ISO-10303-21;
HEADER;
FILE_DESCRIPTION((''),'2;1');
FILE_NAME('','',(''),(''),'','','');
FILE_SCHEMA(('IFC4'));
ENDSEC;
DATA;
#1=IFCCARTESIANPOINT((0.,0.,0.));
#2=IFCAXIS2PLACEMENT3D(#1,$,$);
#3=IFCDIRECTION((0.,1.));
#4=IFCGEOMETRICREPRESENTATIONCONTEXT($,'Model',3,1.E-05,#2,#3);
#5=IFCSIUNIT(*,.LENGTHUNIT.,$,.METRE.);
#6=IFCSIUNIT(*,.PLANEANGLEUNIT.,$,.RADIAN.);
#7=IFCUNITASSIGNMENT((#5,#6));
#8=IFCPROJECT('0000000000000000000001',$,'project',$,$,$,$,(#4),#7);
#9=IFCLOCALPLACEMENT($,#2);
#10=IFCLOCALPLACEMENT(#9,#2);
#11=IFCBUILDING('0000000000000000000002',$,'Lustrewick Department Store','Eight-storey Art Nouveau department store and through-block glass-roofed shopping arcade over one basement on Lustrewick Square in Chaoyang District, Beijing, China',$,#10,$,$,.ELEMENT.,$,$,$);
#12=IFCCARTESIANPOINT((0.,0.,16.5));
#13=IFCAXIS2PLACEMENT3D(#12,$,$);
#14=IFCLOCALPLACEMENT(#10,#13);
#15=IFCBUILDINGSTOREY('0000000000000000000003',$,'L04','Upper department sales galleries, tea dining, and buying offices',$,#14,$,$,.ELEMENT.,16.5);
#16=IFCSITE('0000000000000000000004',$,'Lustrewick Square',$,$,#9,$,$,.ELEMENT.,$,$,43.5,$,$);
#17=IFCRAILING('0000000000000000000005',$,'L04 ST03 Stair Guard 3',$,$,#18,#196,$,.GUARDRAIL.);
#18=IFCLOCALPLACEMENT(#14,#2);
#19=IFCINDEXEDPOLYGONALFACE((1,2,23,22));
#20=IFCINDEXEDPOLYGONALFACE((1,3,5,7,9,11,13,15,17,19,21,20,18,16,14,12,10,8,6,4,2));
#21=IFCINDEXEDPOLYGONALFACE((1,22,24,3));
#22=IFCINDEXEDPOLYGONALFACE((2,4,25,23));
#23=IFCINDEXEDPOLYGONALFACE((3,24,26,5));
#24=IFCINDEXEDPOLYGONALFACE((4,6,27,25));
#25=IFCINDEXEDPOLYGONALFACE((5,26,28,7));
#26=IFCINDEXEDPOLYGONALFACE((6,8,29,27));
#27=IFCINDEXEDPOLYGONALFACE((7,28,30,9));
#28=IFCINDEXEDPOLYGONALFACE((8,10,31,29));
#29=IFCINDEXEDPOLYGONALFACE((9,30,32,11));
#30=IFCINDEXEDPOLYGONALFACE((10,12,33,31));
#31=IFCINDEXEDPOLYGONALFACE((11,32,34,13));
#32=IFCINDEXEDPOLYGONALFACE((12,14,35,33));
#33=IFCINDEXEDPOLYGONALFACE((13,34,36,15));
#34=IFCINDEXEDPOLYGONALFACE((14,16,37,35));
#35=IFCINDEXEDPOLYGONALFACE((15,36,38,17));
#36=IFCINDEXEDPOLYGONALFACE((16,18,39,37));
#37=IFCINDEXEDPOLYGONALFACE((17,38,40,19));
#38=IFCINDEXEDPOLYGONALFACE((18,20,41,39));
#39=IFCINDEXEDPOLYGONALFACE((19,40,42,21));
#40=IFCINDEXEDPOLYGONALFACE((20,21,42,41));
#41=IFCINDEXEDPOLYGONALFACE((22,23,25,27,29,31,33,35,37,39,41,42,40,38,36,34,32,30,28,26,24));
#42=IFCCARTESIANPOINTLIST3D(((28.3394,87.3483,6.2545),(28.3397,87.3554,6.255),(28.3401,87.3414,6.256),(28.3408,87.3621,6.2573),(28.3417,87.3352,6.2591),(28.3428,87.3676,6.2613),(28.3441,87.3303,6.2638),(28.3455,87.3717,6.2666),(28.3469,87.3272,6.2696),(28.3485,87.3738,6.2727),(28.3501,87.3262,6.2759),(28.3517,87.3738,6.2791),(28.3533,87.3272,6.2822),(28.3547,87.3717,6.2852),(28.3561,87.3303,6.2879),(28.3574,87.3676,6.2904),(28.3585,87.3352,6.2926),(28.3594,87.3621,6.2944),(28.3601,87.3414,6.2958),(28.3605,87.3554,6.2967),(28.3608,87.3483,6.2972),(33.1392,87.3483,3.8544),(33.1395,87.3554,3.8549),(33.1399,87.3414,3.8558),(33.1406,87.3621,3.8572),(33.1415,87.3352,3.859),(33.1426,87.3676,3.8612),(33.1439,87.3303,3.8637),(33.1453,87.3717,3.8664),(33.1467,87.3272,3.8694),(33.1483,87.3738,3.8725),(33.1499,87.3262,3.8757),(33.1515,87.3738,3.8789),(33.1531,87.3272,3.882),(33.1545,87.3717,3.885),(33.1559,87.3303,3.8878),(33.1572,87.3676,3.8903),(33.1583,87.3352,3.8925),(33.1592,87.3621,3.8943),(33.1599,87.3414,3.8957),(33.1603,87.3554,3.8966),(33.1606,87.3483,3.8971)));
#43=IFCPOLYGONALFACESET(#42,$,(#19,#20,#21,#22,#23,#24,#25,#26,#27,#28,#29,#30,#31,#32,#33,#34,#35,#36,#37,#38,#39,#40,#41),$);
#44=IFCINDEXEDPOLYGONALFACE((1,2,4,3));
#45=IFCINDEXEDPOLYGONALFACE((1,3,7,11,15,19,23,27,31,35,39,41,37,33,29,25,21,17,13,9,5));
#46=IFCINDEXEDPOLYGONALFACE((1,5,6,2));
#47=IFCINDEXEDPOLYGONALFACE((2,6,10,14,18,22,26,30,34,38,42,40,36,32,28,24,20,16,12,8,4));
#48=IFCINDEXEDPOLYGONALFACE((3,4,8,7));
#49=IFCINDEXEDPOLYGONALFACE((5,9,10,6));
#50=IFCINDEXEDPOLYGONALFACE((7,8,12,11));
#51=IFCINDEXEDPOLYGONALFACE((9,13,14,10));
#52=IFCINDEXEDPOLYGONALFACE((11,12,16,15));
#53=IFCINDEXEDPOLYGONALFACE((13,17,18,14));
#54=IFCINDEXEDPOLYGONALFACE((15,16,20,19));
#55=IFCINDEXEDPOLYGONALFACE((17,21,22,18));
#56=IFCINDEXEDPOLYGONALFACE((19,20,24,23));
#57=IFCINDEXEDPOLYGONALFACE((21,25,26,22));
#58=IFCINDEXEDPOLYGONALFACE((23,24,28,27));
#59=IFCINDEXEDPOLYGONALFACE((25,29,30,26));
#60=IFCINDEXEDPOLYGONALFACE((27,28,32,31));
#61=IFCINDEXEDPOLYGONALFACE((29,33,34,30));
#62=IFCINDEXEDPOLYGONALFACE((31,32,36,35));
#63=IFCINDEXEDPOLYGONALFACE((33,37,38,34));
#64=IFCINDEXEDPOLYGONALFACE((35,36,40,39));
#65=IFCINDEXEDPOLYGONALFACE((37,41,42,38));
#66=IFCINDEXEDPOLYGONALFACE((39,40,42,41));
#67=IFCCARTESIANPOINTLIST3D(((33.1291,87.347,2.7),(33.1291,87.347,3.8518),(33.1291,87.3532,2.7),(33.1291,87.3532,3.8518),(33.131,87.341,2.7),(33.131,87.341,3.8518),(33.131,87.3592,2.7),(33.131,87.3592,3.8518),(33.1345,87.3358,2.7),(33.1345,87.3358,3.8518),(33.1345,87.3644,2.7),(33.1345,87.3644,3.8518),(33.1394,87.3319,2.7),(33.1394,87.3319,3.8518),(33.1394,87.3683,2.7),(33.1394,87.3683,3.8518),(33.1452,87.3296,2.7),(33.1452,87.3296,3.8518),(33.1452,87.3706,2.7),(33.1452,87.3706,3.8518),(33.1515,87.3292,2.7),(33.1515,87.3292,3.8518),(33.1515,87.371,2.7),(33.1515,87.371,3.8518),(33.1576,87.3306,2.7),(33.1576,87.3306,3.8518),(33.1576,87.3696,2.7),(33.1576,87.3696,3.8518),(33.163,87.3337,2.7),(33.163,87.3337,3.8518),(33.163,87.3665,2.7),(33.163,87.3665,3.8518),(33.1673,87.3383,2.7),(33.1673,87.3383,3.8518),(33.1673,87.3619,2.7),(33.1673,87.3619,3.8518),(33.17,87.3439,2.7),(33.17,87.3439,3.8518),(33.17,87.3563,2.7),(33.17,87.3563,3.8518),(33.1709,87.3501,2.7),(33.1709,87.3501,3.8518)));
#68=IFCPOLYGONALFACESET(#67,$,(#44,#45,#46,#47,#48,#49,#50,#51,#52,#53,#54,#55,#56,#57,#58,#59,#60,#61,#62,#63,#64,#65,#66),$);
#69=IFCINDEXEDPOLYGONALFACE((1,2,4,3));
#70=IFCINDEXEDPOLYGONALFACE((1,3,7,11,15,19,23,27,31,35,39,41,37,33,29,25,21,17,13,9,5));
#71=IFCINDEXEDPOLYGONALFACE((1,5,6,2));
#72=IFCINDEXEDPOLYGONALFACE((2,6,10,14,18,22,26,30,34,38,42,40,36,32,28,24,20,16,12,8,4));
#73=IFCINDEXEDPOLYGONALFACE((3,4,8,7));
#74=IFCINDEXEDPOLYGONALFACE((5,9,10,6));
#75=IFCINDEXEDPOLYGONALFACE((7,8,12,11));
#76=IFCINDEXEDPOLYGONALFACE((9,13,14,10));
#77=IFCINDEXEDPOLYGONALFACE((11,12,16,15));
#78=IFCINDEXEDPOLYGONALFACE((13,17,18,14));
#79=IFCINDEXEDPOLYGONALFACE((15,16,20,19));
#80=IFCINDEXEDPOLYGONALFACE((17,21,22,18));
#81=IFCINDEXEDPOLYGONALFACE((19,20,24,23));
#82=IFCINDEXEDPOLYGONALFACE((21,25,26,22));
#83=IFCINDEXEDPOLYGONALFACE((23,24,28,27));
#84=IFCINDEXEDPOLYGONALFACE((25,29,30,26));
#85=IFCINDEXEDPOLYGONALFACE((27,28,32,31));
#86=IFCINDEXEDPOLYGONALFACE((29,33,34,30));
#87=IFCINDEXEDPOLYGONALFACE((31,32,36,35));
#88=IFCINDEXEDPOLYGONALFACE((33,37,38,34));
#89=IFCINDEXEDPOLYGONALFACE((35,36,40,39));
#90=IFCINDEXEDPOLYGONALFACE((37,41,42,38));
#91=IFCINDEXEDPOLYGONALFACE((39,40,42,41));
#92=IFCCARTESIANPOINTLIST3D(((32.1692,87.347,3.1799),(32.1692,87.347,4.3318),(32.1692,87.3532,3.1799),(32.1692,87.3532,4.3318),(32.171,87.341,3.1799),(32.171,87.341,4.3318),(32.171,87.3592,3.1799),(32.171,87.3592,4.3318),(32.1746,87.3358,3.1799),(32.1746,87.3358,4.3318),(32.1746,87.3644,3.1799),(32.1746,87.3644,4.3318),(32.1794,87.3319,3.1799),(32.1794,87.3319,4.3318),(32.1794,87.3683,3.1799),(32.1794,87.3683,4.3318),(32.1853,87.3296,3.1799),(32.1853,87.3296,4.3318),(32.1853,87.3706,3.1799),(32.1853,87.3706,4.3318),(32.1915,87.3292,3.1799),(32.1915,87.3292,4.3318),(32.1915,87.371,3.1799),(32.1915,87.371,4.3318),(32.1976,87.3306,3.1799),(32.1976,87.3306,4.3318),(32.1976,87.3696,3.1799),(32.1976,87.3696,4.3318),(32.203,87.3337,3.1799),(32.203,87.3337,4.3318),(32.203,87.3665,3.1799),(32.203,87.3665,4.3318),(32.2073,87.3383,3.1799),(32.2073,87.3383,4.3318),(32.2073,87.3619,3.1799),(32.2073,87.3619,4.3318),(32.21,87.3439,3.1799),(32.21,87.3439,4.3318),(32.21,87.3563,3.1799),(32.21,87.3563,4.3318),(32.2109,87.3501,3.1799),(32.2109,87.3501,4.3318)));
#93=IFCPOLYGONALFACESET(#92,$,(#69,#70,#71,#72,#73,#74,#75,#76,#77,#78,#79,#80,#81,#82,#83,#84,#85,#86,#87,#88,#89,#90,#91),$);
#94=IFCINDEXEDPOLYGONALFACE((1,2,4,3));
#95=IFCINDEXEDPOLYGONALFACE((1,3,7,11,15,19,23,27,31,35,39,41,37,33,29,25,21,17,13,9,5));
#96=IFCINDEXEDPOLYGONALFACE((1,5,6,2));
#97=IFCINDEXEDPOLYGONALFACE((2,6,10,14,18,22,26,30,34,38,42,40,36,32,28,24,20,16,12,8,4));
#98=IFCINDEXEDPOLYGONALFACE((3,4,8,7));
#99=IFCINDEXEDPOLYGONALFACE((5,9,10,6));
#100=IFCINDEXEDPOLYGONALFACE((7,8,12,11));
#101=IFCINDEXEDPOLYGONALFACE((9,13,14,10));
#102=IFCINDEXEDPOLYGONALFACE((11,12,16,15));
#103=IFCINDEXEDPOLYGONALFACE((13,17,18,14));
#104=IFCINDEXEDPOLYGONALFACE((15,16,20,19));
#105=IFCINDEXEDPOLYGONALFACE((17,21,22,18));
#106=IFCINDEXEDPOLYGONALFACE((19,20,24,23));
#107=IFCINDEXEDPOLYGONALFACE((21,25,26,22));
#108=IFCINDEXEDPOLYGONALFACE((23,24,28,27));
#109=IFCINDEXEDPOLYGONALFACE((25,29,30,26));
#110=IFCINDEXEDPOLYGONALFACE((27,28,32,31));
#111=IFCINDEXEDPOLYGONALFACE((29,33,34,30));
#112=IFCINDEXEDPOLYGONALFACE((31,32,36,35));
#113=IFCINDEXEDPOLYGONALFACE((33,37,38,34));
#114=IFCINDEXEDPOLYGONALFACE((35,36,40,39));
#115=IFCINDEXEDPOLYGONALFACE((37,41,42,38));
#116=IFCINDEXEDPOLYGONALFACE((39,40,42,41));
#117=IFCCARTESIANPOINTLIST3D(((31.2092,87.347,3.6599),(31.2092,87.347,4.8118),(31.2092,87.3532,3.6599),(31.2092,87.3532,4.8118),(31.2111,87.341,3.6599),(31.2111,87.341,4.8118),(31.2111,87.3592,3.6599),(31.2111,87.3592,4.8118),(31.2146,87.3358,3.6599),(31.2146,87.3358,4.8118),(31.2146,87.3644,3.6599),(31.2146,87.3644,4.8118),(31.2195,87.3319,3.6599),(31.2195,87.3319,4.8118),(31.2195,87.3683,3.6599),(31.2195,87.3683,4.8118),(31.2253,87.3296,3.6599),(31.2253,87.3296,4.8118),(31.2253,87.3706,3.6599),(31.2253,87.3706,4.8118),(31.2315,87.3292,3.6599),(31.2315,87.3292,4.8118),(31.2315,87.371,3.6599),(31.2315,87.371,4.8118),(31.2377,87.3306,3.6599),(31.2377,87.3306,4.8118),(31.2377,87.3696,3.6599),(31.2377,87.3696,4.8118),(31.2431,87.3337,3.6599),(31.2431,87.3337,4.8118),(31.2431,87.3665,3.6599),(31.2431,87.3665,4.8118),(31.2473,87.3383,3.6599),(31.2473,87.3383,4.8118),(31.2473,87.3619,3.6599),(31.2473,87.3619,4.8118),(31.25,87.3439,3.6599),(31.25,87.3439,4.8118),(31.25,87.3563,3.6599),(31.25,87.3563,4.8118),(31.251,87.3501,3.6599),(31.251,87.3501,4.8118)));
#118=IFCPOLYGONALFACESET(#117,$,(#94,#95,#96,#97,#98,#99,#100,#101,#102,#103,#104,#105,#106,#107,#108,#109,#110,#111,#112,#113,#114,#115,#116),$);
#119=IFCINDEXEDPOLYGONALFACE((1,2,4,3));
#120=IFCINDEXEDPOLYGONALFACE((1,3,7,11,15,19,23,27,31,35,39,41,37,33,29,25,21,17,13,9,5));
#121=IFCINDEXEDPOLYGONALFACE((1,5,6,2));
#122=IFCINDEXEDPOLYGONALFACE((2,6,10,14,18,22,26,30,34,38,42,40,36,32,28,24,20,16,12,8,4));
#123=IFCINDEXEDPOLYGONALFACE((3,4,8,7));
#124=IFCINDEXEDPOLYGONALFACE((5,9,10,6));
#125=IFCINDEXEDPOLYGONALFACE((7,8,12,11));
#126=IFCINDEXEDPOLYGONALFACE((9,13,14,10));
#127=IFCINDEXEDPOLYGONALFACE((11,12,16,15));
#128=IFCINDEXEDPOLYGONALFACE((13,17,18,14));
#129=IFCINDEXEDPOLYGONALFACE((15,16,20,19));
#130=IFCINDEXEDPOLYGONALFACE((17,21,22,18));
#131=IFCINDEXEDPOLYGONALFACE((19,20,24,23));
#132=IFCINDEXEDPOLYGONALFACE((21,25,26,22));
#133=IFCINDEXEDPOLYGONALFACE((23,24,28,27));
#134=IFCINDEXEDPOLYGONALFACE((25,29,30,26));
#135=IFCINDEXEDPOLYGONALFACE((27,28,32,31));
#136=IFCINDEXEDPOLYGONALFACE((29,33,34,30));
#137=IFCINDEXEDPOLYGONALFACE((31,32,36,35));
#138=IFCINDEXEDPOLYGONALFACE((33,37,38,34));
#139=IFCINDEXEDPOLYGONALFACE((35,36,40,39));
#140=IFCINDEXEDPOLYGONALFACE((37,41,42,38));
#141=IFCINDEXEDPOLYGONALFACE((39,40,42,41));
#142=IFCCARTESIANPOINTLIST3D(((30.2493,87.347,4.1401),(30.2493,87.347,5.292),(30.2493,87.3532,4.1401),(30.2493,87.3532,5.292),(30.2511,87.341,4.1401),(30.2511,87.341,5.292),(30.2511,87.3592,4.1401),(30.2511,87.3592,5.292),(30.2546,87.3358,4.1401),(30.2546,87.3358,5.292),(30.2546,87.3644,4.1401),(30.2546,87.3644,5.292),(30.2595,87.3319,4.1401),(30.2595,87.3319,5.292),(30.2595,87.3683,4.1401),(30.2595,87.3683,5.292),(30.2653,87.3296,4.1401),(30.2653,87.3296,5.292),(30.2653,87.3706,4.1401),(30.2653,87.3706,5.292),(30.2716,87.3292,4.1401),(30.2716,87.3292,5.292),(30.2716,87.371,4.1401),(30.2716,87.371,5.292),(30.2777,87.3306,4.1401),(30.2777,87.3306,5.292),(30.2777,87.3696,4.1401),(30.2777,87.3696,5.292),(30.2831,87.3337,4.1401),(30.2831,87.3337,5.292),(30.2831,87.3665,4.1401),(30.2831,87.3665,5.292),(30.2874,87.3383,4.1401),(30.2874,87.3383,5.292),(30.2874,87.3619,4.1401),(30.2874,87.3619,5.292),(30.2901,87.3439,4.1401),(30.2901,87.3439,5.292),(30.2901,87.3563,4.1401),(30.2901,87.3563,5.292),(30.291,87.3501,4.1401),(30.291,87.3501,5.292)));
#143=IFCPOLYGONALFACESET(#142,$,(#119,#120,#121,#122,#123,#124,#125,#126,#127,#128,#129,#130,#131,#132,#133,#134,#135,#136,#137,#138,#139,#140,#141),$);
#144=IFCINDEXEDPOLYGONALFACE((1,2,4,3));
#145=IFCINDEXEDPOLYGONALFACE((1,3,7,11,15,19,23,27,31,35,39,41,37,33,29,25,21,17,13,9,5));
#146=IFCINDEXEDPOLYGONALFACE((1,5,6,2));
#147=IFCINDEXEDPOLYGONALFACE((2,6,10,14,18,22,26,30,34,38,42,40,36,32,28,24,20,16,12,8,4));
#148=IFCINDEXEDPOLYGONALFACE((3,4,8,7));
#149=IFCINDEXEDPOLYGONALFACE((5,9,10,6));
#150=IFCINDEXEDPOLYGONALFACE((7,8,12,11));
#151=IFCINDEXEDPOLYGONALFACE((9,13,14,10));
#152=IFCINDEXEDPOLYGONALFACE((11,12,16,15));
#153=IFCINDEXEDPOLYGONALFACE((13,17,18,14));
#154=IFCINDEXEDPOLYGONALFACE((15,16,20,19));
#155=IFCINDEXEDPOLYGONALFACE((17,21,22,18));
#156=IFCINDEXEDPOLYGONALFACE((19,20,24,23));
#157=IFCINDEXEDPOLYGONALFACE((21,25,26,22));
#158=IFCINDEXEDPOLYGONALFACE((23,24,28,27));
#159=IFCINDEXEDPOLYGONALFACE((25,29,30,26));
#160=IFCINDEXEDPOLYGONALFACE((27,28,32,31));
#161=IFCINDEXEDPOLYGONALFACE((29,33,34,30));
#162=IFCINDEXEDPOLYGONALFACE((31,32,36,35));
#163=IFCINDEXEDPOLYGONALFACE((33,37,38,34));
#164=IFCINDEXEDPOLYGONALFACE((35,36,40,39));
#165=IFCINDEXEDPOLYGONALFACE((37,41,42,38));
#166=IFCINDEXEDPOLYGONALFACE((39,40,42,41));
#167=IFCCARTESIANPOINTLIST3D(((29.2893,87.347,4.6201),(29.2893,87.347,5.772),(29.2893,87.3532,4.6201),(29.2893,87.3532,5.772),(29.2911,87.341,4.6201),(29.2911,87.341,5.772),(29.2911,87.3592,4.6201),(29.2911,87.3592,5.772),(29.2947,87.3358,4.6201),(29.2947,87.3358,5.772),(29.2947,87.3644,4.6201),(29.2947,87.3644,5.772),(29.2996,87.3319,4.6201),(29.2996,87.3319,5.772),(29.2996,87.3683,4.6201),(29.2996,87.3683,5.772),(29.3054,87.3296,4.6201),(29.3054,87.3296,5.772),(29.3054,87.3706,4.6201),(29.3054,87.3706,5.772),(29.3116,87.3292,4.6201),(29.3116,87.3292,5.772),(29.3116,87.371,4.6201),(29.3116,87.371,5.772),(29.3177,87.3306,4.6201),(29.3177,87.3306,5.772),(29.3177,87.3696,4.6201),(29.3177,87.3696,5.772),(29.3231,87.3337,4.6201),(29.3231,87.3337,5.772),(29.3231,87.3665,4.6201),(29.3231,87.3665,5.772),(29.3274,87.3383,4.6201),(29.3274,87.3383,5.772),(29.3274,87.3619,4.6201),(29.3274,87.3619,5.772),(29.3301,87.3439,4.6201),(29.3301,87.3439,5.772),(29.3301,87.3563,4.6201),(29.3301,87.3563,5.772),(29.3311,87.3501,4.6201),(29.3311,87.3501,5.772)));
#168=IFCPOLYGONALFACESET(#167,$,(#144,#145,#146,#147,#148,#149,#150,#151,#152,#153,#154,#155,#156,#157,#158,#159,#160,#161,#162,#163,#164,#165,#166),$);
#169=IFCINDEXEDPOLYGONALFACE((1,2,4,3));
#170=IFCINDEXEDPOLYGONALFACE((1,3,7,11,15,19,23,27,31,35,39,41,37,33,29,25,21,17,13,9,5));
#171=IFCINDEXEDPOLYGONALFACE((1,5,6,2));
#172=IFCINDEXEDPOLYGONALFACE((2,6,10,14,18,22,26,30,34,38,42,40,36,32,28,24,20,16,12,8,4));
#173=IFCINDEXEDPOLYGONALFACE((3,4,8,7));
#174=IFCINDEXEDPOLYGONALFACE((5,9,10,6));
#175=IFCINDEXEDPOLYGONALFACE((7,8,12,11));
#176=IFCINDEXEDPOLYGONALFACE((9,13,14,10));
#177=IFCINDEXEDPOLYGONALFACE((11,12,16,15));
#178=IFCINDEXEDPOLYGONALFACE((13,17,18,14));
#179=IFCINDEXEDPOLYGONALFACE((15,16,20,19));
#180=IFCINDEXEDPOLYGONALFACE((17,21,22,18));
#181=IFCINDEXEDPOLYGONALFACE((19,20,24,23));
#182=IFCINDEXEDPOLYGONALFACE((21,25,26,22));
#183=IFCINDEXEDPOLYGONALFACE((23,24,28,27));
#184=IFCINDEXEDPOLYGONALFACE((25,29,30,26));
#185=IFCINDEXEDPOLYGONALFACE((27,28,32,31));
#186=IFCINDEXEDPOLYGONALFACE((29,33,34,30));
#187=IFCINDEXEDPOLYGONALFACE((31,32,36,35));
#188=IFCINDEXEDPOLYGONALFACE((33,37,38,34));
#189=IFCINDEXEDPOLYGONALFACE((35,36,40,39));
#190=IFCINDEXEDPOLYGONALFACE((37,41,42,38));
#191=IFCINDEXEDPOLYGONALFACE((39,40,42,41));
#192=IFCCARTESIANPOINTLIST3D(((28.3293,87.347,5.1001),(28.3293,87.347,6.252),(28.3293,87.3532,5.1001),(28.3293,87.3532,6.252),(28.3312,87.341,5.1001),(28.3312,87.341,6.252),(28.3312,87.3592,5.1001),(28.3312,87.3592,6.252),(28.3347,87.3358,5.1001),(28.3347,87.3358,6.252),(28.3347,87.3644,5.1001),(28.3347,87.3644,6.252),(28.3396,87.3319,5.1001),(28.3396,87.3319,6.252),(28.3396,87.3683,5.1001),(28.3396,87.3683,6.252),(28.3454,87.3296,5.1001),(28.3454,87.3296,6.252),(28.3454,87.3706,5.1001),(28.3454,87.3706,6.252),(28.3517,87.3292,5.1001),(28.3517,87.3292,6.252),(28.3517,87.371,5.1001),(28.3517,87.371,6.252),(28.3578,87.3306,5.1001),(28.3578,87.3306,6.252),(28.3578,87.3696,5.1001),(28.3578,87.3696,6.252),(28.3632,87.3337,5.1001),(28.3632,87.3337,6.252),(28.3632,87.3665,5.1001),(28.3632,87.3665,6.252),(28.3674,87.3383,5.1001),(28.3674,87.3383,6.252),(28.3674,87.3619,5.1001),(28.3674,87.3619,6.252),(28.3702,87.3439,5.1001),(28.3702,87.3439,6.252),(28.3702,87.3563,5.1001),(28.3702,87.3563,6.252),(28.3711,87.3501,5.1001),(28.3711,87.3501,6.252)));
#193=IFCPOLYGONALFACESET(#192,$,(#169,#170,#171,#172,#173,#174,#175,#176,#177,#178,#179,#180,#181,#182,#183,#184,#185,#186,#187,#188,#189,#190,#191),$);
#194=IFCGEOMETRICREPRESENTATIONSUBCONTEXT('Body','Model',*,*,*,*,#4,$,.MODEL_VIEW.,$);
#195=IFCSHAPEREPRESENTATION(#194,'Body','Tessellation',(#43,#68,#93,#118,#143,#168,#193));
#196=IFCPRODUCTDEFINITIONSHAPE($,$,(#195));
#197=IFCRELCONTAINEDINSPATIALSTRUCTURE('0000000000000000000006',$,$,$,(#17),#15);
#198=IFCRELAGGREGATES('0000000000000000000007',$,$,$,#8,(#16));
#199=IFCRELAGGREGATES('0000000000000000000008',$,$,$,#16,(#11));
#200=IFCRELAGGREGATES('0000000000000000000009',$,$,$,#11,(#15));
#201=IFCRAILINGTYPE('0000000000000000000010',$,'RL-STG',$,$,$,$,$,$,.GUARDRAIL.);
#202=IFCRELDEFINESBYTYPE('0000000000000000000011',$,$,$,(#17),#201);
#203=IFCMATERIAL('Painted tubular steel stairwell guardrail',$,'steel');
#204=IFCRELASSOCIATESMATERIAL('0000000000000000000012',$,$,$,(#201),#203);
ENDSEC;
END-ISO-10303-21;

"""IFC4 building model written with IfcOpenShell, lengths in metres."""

from ifc_helpers import new_model, si_unit, direction, frame, origin, origin_2d, place, context, subcontext, project, spatial, circle, extrude, material, type_object, element, save


model = new_model("IFC4")

# Units and contexts
model_context = context("Model", 3, precision=1e-05, world=origin(), true_north=direction((0.0, 1.0)))
body_context = subcontext(model_context, "Body", "Model", "MODEL_VIEW")
ifc_project = project(units=[si_unit("LENGTHUNIT", "METRE"), si_unit("PLANEANGLEUNIT", "RADIAN")], contexts=[model_context])

# Site, building, storey
site_placement = place(None, origin())
site = spatial("IfcSite", under=ifc_project, at=site_placement, Name="Lustrewick Square", CompositionType="ELEMENT", RefElevation=43.5)
building_placement = place(site_placement, origin())
building = spatial("IfcBuilding", under=site, at=building_placement, Name="Lustrewick Department Store", Description="Eight-storey Art Nouveau department store and through-block glass-roofed shopping arcade over one basement on Lustrewick Square in Chaoyang District, Beijing, China", CompositionType="ELEMENT")
storey_placement = place(building_placement, frame((0.0, 0.0, 16.5)))
storey = spatial("IfcBuildingStorey", under=building, at=storey_placement, Name="L04", Description="Upper department sales galleries, tea dining, and buying offices", CompositionType="ELEMENT", Elevation=16.5)

# Railing
ifc_material_1 = material(Name="Painted tubular steel stairwell guardrail", Category="steel")
railing_type_1 = type_object("IfcRailingType", Name="RL-STG", PredefinedType="GUARDRAIL", material=ifc_material_1)
railing_1_placement = place(storey_placement, frame((33.1499, 87.3501, 2.7)))
element("IfcRailing", 1, at=railing_1_placement, inside=storey, type_object=railing_type_1, Name="L04 ST03 Stair Guard 3", PredefinedType="GUARDRAIL", context=body_context, shape_type="SweptSolid", body=[
    extrude(circle(Radius=0.0239, at=origin_2d()), frame((0.0, 0.0, 1.1758), z_axis=(-0.894409, 0.0, 0.44725), x_axis=(0.0, -1.0, 0.0)), (0.0, 0.0, 1.0), 5.3665),
    extrude(circle(Radius=0.021, at=origin_2d()), origin(), (0.0, 0.0, 1.0), 1.1519),
    extrude(circle(Radius=0.021, at=origin_2d()), frame((-0.96, 0.0, 0.48)), (0.0, 0.0, 1.0), 1.1519),
    extrude(circle(Radius=0.021, at=origin_2d()), frame((-1.9199, 0.0, 0.96)), (0.0, 0.0, 1.0), 1.1519),
    extrude(circle(Radius=0.021, at=origin_2d()), frame((-2.8799, 0.0, 1.4402)), (0.0, 0.0, 1.0), 1.1519),
    extrude(circle(Radius=0.021, at=origin_2d()), frame((-3.8398, 0.0, 1.9202)), (0.0, 0.0, 1.0), 1.1519),
    extrude(circle(Radius=0.021, at=origin_2d()), frame((-4.7998, 0.0, 2.4001)), (0.0, 0.0, 1.0), 1.1519),
])

save(model, "model.ifc")
